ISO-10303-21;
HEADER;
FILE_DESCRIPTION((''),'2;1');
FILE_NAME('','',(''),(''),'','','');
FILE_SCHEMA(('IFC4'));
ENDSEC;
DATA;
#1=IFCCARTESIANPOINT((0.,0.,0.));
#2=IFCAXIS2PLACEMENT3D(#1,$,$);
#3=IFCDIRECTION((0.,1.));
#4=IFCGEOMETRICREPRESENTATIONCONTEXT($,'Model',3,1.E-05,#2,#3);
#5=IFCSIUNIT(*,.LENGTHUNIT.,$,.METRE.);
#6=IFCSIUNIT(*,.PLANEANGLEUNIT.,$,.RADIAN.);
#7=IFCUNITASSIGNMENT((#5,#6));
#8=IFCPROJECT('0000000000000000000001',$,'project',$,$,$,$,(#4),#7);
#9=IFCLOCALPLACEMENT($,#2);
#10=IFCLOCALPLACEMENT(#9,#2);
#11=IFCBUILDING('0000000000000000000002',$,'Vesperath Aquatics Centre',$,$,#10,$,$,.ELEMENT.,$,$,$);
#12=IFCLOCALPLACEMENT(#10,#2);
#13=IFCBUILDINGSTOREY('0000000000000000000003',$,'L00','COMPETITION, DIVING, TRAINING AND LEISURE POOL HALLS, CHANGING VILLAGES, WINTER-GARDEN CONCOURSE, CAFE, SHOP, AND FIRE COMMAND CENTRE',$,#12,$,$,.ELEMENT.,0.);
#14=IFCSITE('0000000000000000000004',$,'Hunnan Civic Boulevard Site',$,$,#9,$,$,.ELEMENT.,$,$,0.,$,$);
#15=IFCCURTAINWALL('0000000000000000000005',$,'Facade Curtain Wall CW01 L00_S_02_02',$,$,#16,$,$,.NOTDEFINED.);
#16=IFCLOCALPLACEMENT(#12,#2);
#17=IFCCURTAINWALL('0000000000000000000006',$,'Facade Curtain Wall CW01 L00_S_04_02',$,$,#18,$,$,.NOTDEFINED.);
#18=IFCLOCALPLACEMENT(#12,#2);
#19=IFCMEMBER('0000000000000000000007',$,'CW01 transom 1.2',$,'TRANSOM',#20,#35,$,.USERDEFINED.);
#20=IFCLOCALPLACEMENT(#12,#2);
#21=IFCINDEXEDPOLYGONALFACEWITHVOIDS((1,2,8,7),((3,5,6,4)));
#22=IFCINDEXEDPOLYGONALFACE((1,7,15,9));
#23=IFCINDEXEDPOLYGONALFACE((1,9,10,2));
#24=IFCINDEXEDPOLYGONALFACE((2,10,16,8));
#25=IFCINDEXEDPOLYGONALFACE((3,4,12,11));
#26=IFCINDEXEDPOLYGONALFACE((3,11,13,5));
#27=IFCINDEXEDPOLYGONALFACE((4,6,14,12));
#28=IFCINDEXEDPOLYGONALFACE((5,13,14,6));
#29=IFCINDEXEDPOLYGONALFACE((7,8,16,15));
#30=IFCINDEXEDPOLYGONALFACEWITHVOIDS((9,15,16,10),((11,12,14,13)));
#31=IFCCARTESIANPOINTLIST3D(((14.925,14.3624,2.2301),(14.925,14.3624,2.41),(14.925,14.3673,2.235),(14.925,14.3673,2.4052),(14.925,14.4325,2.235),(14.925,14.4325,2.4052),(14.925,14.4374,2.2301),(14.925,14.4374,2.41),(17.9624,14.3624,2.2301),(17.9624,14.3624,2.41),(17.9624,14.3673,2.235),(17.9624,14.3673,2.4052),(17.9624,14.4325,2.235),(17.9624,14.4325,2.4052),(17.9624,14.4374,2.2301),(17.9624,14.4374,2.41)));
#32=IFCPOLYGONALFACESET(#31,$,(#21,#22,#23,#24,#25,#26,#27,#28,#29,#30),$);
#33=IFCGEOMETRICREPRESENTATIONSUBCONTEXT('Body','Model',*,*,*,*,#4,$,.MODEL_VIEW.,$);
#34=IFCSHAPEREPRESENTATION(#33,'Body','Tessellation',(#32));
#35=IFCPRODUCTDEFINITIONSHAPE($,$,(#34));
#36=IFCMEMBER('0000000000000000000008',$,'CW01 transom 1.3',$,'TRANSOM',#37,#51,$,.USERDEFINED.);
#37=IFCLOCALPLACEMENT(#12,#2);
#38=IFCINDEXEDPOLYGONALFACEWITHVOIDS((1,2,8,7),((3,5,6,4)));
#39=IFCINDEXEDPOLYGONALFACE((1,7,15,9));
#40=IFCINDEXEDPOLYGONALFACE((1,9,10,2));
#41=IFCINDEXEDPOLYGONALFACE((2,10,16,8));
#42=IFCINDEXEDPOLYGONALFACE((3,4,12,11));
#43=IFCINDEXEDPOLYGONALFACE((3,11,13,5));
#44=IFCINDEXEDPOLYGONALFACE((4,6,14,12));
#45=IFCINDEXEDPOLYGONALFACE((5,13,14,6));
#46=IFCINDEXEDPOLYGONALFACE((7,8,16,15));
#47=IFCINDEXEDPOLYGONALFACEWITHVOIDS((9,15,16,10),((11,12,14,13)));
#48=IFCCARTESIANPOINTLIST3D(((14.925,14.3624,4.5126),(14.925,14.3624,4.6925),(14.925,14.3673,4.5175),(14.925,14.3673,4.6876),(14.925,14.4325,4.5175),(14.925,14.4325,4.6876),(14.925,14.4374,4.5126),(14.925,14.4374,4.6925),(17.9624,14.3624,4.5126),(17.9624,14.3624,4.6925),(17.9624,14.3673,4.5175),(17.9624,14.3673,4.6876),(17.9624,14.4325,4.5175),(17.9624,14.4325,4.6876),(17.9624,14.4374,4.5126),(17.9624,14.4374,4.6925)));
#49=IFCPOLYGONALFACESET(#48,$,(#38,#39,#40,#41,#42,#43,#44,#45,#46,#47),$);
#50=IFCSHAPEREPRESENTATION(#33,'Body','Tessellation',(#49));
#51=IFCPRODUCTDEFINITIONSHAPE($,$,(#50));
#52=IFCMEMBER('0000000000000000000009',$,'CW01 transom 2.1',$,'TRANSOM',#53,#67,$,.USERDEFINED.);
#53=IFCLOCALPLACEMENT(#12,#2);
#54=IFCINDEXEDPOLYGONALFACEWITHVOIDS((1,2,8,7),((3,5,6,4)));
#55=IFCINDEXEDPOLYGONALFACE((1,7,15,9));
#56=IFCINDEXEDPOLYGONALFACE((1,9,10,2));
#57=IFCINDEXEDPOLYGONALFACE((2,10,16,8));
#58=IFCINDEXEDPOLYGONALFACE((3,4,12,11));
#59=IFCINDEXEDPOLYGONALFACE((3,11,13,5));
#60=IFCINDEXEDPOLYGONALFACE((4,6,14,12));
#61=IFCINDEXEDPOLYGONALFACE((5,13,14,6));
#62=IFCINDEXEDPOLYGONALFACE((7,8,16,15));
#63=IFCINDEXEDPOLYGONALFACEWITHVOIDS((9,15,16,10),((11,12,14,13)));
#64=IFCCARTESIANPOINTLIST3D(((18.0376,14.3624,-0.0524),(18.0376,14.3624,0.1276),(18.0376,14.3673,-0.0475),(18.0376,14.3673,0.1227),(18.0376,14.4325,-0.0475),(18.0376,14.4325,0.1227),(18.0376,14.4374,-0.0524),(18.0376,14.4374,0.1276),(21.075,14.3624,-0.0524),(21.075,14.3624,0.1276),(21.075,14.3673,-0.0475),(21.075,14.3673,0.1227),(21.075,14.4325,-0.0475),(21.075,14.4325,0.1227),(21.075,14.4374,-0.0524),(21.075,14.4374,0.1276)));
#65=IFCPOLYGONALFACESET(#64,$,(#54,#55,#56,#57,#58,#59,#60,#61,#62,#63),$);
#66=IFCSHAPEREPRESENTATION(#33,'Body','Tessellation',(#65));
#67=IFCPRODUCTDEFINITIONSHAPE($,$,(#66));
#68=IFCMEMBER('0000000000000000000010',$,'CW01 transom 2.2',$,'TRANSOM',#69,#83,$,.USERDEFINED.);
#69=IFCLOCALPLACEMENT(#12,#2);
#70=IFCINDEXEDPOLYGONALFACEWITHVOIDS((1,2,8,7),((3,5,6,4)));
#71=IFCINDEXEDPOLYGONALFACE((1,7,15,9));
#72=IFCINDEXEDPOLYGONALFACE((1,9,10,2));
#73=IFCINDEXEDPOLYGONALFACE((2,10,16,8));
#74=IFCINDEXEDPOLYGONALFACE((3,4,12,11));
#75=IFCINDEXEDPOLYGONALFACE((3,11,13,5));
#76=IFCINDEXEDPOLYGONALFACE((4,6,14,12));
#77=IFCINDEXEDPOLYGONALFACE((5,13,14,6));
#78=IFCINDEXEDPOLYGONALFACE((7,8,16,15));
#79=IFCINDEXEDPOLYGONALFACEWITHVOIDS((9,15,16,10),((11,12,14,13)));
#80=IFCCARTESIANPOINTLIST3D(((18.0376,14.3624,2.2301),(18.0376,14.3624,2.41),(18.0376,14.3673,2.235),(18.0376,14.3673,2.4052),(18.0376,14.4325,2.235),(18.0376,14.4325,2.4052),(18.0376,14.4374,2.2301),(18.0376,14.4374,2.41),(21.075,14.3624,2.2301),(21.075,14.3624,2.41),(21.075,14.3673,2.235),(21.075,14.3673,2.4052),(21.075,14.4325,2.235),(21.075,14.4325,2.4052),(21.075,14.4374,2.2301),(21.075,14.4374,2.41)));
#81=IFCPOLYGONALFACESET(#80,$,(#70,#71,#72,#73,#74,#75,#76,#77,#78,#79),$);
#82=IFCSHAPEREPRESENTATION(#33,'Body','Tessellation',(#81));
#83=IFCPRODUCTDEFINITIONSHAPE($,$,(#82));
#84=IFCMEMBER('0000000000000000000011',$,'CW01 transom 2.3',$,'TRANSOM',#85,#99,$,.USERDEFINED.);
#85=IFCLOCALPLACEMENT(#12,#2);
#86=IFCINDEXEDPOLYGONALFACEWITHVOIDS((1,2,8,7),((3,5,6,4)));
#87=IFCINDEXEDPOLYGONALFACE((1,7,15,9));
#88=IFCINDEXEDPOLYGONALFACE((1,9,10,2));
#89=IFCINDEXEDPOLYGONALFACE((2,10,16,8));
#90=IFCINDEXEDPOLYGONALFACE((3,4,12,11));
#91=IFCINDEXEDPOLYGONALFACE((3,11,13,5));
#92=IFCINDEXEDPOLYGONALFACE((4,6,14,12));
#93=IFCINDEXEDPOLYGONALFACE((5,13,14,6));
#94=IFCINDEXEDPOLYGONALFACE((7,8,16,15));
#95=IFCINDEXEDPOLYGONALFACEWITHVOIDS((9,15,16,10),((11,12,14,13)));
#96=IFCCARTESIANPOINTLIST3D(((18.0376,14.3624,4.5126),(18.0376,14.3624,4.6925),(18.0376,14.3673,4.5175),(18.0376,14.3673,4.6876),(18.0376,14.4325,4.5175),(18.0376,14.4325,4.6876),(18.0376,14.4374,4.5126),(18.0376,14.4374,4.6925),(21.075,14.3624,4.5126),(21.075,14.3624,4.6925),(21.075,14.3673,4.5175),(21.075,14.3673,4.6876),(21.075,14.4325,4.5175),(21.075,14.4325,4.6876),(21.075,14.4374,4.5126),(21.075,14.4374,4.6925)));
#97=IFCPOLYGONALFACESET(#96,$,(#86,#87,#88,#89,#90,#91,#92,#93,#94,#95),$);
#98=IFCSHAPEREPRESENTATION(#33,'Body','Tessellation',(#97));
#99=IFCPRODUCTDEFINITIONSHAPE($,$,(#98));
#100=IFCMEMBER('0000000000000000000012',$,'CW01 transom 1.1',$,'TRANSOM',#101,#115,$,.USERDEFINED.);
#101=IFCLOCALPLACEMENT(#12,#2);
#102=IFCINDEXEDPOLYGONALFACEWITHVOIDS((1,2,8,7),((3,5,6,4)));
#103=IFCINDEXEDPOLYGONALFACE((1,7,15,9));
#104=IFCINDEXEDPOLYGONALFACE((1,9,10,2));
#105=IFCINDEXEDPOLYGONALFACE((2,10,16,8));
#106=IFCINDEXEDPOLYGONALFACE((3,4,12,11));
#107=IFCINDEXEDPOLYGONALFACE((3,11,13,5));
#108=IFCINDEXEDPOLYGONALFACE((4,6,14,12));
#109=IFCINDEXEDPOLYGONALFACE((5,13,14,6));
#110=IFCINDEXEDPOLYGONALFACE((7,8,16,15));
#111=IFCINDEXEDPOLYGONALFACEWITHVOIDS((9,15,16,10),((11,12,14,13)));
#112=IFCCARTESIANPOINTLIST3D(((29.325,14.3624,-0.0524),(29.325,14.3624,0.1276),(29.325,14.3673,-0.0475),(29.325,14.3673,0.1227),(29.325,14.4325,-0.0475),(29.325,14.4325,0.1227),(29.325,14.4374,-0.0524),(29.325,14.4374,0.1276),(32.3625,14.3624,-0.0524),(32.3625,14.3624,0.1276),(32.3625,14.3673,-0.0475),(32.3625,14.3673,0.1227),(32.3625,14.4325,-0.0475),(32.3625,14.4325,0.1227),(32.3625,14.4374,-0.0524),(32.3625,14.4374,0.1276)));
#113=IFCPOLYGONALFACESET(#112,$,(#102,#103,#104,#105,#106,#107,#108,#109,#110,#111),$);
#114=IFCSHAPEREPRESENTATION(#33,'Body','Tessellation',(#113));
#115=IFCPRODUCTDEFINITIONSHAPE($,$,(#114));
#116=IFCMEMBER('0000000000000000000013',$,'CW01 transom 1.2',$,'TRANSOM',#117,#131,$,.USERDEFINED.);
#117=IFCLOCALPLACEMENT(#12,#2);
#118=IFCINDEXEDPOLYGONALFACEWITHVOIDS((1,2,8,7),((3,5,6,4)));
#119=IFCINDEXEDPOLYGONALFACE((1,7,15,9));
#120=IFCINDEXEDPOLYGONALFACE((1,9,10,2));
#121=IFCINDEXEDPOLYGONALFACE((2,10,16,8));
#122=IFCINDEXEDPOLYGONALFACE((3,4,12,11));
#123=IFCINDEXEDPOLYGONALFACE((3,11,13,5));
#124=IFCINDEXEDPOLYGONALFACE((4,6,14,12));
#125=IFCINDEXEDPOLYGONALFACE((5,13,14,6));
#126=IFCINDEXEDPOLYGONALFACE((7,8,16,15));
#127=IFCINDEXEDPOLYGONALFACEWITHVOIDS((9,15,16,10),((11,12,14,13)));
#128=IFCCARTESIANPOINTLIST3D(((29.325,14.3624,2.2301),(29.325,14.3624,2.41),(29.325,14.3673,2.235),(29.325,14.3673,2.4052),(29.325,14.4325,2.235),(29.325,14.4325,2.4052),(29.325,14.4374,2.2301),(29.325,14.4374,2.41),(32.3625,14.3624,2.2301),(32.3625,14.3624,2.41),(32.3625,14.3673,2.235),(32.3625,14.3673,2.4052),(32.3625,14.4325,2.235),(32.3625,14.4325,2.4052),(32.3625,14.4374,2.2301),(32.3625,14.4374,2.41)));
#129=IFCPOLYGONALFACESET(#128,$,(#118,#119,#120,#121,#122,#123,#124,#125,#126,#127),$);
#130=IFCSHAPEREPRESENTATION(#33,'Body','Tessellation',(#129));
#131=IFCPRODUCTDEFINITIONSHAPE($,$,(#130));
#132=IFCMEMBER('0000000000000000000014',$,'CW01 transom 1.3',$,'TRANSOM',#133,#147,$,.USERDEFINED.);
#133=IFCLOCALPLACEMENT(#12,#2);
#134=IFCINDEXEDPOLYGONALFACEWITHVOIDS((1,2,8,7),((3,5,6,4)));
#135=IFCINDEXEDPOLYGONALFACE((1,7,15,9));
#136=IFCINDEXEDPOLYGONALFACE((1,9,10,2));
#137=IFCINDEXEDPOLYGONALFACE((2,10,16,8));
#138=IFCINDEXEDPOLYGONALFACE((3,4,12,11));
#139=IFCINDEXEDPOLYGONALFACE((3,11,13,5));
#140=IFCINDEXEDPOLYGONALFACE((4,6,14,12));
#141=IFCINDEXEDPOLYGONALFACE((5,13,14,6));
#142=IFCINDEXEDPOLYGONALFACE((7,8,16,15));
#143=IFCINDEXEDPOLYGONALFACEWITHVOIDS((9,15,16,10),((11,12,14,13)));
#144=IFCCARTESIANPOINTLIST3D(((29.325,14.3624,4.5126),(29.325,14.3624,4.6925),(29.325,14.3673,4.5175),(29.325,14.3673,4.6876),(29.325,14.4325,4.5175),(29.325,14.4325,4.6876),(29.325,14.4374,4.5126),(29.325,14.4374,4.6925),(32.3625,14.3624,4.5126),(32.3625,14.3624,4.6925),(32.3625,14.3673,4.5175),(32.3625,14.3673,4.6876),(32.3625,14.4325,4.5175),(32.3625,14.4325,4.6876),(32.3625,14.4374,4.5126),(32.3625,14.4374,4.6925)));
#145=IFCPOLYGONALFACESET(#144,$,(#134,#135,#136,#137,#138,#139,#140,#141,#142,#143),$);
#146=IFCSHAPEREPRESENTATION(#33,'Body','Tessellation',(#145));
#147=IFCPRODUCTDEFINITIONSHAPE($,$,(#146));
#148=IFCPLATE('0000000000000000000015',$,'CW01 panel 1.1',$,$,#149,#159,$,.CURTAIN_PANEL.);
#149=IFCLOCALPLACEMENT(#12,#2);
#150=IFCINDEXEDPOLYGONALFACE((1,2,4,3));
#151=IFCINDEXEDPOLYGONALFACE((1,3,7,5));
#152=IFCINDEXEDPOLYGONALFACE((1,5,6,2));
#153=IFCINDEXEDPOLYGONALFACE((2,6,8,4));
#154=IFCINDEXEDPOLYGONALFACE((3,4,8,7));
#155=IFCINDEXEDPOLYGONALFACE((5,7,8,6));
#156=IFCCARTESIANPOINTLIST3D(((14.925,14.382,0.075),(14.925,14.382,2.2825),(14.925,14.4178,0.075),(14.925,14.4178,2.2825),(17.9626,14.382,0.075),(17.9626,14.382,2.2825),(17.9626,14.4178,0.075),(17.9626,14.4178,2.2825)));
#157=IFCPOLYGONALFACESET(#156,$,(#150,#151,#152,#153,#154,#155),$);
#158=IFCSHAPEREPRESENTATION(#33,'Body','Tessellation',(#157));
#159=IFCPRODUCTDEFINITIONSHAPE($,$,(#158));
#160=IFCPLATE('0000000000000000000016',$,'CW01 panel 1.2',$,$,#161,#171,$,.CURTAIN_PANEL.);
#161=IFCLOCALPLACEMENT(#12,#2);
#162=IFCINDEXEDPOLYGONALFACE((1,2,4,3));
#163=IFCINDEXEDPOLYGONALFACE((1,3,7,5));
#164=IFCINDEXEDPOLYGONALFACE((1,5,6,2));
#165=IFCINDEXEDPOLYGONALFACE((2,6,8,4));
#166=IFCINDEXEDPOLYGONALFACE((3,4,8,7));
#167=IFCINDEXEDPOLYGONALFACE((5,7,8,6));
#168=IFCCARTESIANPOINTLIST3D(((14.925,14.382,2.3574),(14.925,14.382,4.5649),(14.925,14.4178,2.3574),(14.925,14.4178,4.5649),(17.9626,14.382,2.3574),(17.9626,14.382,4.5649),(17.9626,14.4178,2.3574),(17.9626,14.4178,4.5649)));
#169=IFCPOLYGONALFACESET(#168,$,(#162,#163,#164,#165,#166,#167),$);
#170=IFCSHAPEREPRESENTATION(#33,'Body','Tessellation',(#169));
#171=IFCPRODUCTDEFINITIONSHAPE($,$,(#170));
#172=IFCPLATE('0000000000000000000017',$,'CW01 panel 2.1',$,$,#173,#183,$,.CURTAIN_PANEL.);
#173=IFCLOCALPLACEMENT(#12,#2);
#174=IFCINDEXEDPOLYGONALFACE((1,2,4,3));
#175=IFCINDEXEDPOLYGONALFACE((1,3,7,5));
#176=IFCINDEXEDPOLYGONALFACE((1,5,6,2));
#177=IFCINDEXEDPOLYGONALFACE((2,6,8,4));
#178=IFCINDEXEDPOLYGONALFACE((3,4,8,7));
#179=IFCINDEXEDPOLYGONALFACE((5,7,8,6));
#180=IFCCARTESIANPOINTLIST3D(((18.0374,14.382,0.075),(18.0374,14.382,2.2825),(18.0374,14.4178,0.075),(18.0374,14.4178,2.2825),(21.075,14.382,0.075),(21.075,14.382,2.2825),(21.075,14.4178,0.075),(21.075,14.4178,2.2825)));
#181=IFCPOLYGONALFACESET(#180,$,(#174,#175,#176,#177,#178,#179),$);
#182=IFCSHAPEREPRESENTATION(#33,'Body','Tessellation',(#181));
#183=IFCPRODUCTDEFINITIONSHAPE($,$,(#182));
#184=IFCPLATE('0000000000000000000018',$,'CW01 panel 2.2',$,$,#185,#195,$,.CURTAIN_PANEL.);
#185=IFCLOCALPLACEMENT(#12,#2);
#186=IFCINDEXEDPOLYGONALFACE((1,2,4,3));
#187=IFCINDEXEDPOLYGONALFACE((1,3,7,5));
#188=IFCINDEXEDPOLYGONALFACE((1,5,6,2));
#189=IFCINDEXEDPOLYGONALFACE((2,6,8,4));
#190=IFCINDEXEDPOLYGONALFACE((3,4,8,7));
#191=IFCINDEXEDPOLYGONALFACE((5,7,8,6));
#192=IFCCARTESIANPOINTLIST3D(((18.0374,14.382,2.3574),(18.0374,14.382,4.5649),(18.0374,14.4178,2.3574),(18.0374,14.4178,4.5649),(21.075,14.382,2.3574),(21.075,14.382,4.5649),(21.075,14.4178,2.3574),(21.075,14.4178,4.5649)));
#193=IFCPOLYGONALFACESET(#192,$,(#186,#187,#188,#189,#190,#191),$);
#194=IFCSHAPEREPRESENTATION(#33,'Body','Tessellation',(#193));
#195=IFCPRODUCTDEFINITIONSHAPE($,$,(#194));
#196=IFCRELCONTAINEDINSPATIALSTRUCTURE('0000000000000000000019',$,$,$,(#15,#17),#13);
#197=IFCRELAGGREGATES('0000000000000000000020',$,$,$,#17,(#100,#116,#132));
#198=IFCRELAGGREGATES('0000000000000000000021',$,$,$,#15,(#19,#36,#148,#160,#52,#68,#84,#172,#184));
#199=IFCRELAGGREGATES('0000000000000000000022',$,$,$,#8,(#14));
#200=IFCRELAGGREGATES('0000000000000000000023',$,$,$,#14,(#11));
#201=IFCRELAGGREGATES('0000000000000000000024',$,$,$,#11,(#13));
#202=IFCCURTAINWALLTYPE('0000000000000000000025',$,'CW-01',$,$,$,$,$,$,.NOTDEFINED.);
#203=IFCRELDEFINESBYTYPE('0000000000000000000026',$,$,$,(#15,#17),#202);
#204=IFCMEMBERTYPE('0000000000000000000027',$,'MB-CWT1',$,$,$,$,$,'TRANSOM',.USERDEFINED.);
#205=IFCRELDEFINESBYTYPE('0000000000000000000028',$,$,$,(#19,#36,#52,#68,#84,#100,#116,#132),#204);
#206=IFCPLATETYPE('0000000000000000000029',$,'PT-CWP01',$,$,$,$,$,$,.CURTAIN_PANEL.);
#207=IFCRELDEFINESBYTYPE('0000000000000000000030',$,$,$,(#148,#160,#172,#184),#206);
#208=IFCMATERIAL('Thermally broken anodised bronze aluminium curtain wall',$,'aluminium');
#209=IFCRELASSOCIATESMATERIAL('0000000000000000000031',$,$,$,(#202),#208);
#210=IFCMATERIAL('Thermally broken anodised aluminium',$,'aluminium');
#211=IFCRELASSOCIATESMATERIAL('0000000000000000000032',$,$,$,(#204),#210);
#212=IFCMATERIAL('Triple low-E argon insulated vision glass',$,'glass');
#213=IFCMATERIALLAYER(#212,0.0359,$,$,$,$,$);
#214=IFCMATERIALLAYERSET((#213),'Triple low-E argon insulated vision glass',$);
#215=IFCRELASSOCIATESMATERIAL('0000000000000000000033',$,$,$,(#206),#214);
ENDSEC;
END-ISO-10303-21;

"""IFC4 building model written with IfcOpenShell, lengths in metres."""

from ifc_helpers import new_model, si_unit, direction, frame, origin, origin_2d, place, context, subcontext, project, spatial, rectangle, hollow_rectangle, extrude, material, layer, layer_set, material_profile, profile_set, type_object, element, aggregate, save


model = new_model("IFC4")

# Units and contexts
model_context = context("Model", 3, precision=1e-05, world=origin(), true_north=direction((0.0, 1.0)))
body_context = subcontext(model_context, "Body", "Model", "MODEL_VIEW")
ifc_project = project(units=[si_unit("LENGTHUNIT", "METRE"), si_unit("PLANEANGLEUNIT", "RADIAN")], contexts=[model_context])

# Site, building, storey
site_placement = place(None, origin())
site = spatial("IfcSite", under=ifc_project, at=site_placement, Name="Hunnan Civic Boulevard Site", CompositionType="ELEMENT", RefElevation=0.0)
building_placement = place(site_placement, origin())
building = spatial("IfcBuilding", under=site, at=building_placement, Name="Vesperath Aquatics Centre", CompositionType="ELEMENT")
storey_placement = place(building_placement, origin())
storey = spatial("IfcBuildingStorey", under=building, at=storey_placement, Name="L00", Description="COMPETITION, DIVING, TRAINING AND LEISURE POOL HALLS, CHANGING VILLAGES, WINTER-GARDEN CONCOURSE, CAFE, SHOP, AND FIRE COMMAND CENTRE", CompositionType="ELEMENT", Elevation=0.0)

# Shared definitions
ifc_material_1 = material(Name="Thermally broken anodised bronze aluminium curtain wall", Category="aluminium")
curtain_wall_type = type_object("IfcCurtainWallType", Name="CW-01", PredefinedType="NOTDEFINED", material=ifc_material_1)
ifc_material_2 = material(Name="Thermally broken anodised aluminium", Category="aluminium")

# Curtain wall
curtain_wall_1_placement = place(storey_placement, origin())
curtain_wall_1 = element("IfcCurtainWall", 1, at=curtain_wall_1_placement, inside=storey, type_object=curtain_wall_type, Name="Facade Curtain Wall CW01 L00_S_02_02", PredefinedType="NOTDEFINED")

# Curtain wall
curtain_wall_2_placement = place(storey_placement, origin())
curtain_wall_2 = element("IfcCurtainWall", 2, at=curtain_wall_2_placement, inside=storey, type_object=curtain_wall_type, Name="Facade Curtain Wall CW01 L00_S_04_02", PredefinedType="NOTDEFINED")

# Members
ifc_material_profile_1 = material_profile(ifc_material_2, hollow_rectangle(XDim=0.075, YDim=0.1799, WallThickness=0.0049, at=origin_2d()), Name="CWT 75x180x5")
ifc_profile_set_1 = profile_set([ifc_material_profile_1], Name="Thermally broken anodised aluminium")
member_type_1 = type_object("IfcMemberType", Name="MB-CWT1", ElementType="TRANSOM", PredefinedType="USERDEFINED", material=ifc_profile_set_1)
member_1_placement = place(storey_placement, frame((14.925, 14.3999, 2.3201), z_axis=(1.0, 0.0, 0.0), x_axis=(0.0, 1.0, 0.0)))
member_1 = element("IfcMember", 3, at=member_1_placement, type_object=member_type_1, Name="CW01 transom 1.2", ObjectType="TRANSOM", PredefinedType="USERDEFINED", context=body_context, shape_type="SweptSolid", body=[
    extrude(hollow_rectangle(XDim=0.075, YDim=0.1799, WallThickness=0.0049, at=origin_2d()), origin(), (0.0, 0.0, 1.0), 3.0374),
])
member_2_placement = place(storey_placement, frame((14.925, 14.3999, 4.6025), z_axis=(1.0, 0.0, 0.0), x_axis=(0.0, 1.0, 0.0)))
member_2 = element("IfcMember", 4, at=member_2_placement, type_object=member_type_1, Name="CW01 transom 1.3", ObjectType="TRANSOM", PredefinedType="USERDEFINED", context=body_context, shape_type="SweptSolid", body=[
    extrude(hollow_rectangle(XDim=0.075, YDim=0.1799, WallThickness=0.0049, at=origin_2d()), origin(), (0.0, 0.0, 1.0), 3.0374),
])
member_3_placement = place(storey_placement, frame((18.0376, 14.3999, 0.0376), z_axis=(1.0, 0.0, 0.0), x_axis=(0.0, 1.0, 0.0)))
member_3 = element("IfcMember", 5, at=member_3_placement, type_object=member_type_1, Name="CW01 transom 2.1", ObjectType="TRANSOM", PredefinedType="USERDEFINED", context=body_context, shape_type="SweptSolid", body=[
    extrude(hollow_rectangle(XDim=0.075, YDim=0.1799, WallThickness=0.0049, at=origin_2d()), origin(), (0.0, 0.0, 1.0), 3.0374),
])
member_4_placement = place(storey_placement, frame((18.0376, 14.3999, 2.3201), z_axis=(1.0, 0.0, 0.0), x_axis=(0.0, 1.0, 0.0)))
member_4 = element("IfcMember", 6, at=member_4_placement, type_object=member_type_1, Name="CW01 transom 2.2", ObjectType="TRANSOM", PredefinedType="USERDEFINED", context=body_context, shape_type="SweptSolid", body=[
    extrude(hollow_rectangle(XDim=0.075, YDim=0.1799, WallThickness=0.0049, at=origin_2d()), origin(), (0.0, 0.0, 1.0), 3.0374),
])
member_5_placement = place(storey_placement, frame((18.0376, 14.3999, 4.6025), z_axis=(1.0, 0.0, 0.0), x_axis=(0.0, 1.0, 0.0)))
member_5 = element("IfcMember", 7, at=member_5_placement, type_object=member_type_1, Name="CW01 transom 2.3", ObjectType="TRANSOM", PredefinedType="USERDEFINED", context=body_context, shape_type="SweptSolid", body=[
    extrude(hollow_rectangle(XDim=0.075, YDim=0.1799, WallThickness=0.0049, at=origin_2d()), origin(), (0.0, 0.0, 1.0), 3.0374),
])
member_6_placement = place(storey_placement, frame((29.325, 14.3999, 0.0376), z_axis=(1.0, 0.0, 0.0), x_axis=(0.0, 1.0, 0.0)))
member_6 = element("IfcMember", 8, at=member_6_placement, type_object=member_type_1, Name="CW01 transom 1.1", ObjectType="TRANSOM", PredefinedType="USERDEFINED", context=body_context, shape_type="SweptSolid", body=[
    extrude(hollow_rectangle(XDim=0.075, YDim=0.1799, WallThickness=0.0049, at=origin_2d()), origin(), (0.0, 0.0, 1.0), 3.0376),
])
member_7_placement = place(storey_placement, frame((29.325, 14.3999, 2.3201), z_axis=(1.0, 0.0, 0.0), x_axis=(0.0, 1.0, 0.0)))
member_7 = element("IfcMember", 9, at=member_7_placement, type_object=member_type_1, Name="CW01 transom 1.2", ObjectType="TRANSOM", PredefinedType="USERDEFINED", context=body_context, shape_type="SweptSolid", body=[
    extrude(hollow_rectangle(XDim=0.075, YDim=0.1799, WallThickness=0.0049, at=origin_2d()), origin(), (0.0, 0.0, 1.0), 3.0376),
])
member_8_placement = place(storey_placement, frame((29.325, 14.3999, 4.6025), z_axis=(1.0, 0.0, 0.0), x_axis=(0.0, 1.0, 0.0)))
member_8 = element("IfcMember", 10, at=member_8_placement, type_object=member_type_1, Name="CW01 transom 1.3", ObjectType="TRANSOM", PredefinedType="USERDEFINED", context=body_context, shape_type="SweptSolid", body=[
    extrude(hollow_rectangle(XDim=0.075, YDim=0.1799, WallThickness=0.0049, at=origin_2d()), origin(), (0.0, 0.0, 1.0), 3.0376),
])
aggregate(curtain_wall_2, [member_6, member_7, member_8])

# Plates
ifc_material_3 = material(Name="Triple low-E argon insulated vision glass", Category="glass")
ifc_layer_1 = layer(ifc_material_3, 0.0359)
ifc_layer_set_1 = layer_set([ifc_layer_1], Name="Triple low-E argon insulated vision glass")
plate_type = type_object("IfcPlateType", Name="PT-CWP01", PredefinedType="CURTAIN_PANEL", material=ifc_layer_set_1)
plate_1_placement = place(storey_placement, frame((16.4438, 14.3999, 0.075), z_axis=(0.0, 0.0, 1.0), x_axis=(1.0, 0.0, 0.0)))
plate_1 = element("IfcPlate", 11, at=plate_1_placement, type_object=plate_type, Name="CW01 panel 1.1", PredefinedType="CURTAIN_PANEL", context=body_context, shape_type="SweptSolid", body=[
    extrude(rectangle(XDim=3.0376, YDim=0.0359, at=origin_2d()), origin(), (0.0, 0.0, 1.0), 2.2075),
])
plate_2_placement = place(storey_placement, frame((16.4438, 14.3999, 2.3574), z_axis=(0.0, 0.0, 1.0), x_axis=(1.0, 0.0, 0.0)))
plate_2 = element("IfcPlate", 12, at=plate_2_placement, type_object=plate_type, Name="CW01 panel 1.2", PredefinedType="CURTAIN_PANEL", context=body_context, shape_type="SweptSolid", body=[
    extrude(rectangle(XDim=3.0376, YDim=0.0359, at=origin_2d()), origin(), (0.0, 0.0, 1.0), 2.2075),
])
plate_3_placement = place(storey_placement, frame((19.5562, 14.3999, 0.075), z_axis=(0.0, 0.0, 1.0), x_axis=(1.0, 0.0, 0.0)))
plate_3 = element("IfcPlate", 13, at=plate_3_placement, type_object=plate_type, Name="CW01 panel 2.1", PredefinedType="CURTAIN_PANEL", context=body_context, shape_type="SweptSolid", body=[
    extrude(rectangle(XDim=3.0376, YDim=0.0359, at=origin_2d()), origin(), (0.0, 0.0, 1.0), 2.2075),
])
plate_4_placement = place(storey_placement, frame((19.5562, 14.3999, 2.3574), z_axis=(0.0, 0.0, 1.0), x_axis=(1.0, 0.0, 0.0)))
plate_4 = element("IfcPlate", 14, at=plate_4_placement, type_object=plate_type, Name="CW01 panel 2.2", PredefinedType="CURTAIN_PANEL", context=body_context, shape_type="SweptSolid", body=[
    extrude(rectangle(XDim=3.0376, YDim=0.0359, at=origin_2d()), origin(), (0.0, 0.0, 1.0), 2.2075),
])
aggregate(curtain_wall_1, [member_1, member_2, plate_1, plate_2, member_3, member_4, member_5, plate_3, plate_4])

save(model, "model.ifc")
